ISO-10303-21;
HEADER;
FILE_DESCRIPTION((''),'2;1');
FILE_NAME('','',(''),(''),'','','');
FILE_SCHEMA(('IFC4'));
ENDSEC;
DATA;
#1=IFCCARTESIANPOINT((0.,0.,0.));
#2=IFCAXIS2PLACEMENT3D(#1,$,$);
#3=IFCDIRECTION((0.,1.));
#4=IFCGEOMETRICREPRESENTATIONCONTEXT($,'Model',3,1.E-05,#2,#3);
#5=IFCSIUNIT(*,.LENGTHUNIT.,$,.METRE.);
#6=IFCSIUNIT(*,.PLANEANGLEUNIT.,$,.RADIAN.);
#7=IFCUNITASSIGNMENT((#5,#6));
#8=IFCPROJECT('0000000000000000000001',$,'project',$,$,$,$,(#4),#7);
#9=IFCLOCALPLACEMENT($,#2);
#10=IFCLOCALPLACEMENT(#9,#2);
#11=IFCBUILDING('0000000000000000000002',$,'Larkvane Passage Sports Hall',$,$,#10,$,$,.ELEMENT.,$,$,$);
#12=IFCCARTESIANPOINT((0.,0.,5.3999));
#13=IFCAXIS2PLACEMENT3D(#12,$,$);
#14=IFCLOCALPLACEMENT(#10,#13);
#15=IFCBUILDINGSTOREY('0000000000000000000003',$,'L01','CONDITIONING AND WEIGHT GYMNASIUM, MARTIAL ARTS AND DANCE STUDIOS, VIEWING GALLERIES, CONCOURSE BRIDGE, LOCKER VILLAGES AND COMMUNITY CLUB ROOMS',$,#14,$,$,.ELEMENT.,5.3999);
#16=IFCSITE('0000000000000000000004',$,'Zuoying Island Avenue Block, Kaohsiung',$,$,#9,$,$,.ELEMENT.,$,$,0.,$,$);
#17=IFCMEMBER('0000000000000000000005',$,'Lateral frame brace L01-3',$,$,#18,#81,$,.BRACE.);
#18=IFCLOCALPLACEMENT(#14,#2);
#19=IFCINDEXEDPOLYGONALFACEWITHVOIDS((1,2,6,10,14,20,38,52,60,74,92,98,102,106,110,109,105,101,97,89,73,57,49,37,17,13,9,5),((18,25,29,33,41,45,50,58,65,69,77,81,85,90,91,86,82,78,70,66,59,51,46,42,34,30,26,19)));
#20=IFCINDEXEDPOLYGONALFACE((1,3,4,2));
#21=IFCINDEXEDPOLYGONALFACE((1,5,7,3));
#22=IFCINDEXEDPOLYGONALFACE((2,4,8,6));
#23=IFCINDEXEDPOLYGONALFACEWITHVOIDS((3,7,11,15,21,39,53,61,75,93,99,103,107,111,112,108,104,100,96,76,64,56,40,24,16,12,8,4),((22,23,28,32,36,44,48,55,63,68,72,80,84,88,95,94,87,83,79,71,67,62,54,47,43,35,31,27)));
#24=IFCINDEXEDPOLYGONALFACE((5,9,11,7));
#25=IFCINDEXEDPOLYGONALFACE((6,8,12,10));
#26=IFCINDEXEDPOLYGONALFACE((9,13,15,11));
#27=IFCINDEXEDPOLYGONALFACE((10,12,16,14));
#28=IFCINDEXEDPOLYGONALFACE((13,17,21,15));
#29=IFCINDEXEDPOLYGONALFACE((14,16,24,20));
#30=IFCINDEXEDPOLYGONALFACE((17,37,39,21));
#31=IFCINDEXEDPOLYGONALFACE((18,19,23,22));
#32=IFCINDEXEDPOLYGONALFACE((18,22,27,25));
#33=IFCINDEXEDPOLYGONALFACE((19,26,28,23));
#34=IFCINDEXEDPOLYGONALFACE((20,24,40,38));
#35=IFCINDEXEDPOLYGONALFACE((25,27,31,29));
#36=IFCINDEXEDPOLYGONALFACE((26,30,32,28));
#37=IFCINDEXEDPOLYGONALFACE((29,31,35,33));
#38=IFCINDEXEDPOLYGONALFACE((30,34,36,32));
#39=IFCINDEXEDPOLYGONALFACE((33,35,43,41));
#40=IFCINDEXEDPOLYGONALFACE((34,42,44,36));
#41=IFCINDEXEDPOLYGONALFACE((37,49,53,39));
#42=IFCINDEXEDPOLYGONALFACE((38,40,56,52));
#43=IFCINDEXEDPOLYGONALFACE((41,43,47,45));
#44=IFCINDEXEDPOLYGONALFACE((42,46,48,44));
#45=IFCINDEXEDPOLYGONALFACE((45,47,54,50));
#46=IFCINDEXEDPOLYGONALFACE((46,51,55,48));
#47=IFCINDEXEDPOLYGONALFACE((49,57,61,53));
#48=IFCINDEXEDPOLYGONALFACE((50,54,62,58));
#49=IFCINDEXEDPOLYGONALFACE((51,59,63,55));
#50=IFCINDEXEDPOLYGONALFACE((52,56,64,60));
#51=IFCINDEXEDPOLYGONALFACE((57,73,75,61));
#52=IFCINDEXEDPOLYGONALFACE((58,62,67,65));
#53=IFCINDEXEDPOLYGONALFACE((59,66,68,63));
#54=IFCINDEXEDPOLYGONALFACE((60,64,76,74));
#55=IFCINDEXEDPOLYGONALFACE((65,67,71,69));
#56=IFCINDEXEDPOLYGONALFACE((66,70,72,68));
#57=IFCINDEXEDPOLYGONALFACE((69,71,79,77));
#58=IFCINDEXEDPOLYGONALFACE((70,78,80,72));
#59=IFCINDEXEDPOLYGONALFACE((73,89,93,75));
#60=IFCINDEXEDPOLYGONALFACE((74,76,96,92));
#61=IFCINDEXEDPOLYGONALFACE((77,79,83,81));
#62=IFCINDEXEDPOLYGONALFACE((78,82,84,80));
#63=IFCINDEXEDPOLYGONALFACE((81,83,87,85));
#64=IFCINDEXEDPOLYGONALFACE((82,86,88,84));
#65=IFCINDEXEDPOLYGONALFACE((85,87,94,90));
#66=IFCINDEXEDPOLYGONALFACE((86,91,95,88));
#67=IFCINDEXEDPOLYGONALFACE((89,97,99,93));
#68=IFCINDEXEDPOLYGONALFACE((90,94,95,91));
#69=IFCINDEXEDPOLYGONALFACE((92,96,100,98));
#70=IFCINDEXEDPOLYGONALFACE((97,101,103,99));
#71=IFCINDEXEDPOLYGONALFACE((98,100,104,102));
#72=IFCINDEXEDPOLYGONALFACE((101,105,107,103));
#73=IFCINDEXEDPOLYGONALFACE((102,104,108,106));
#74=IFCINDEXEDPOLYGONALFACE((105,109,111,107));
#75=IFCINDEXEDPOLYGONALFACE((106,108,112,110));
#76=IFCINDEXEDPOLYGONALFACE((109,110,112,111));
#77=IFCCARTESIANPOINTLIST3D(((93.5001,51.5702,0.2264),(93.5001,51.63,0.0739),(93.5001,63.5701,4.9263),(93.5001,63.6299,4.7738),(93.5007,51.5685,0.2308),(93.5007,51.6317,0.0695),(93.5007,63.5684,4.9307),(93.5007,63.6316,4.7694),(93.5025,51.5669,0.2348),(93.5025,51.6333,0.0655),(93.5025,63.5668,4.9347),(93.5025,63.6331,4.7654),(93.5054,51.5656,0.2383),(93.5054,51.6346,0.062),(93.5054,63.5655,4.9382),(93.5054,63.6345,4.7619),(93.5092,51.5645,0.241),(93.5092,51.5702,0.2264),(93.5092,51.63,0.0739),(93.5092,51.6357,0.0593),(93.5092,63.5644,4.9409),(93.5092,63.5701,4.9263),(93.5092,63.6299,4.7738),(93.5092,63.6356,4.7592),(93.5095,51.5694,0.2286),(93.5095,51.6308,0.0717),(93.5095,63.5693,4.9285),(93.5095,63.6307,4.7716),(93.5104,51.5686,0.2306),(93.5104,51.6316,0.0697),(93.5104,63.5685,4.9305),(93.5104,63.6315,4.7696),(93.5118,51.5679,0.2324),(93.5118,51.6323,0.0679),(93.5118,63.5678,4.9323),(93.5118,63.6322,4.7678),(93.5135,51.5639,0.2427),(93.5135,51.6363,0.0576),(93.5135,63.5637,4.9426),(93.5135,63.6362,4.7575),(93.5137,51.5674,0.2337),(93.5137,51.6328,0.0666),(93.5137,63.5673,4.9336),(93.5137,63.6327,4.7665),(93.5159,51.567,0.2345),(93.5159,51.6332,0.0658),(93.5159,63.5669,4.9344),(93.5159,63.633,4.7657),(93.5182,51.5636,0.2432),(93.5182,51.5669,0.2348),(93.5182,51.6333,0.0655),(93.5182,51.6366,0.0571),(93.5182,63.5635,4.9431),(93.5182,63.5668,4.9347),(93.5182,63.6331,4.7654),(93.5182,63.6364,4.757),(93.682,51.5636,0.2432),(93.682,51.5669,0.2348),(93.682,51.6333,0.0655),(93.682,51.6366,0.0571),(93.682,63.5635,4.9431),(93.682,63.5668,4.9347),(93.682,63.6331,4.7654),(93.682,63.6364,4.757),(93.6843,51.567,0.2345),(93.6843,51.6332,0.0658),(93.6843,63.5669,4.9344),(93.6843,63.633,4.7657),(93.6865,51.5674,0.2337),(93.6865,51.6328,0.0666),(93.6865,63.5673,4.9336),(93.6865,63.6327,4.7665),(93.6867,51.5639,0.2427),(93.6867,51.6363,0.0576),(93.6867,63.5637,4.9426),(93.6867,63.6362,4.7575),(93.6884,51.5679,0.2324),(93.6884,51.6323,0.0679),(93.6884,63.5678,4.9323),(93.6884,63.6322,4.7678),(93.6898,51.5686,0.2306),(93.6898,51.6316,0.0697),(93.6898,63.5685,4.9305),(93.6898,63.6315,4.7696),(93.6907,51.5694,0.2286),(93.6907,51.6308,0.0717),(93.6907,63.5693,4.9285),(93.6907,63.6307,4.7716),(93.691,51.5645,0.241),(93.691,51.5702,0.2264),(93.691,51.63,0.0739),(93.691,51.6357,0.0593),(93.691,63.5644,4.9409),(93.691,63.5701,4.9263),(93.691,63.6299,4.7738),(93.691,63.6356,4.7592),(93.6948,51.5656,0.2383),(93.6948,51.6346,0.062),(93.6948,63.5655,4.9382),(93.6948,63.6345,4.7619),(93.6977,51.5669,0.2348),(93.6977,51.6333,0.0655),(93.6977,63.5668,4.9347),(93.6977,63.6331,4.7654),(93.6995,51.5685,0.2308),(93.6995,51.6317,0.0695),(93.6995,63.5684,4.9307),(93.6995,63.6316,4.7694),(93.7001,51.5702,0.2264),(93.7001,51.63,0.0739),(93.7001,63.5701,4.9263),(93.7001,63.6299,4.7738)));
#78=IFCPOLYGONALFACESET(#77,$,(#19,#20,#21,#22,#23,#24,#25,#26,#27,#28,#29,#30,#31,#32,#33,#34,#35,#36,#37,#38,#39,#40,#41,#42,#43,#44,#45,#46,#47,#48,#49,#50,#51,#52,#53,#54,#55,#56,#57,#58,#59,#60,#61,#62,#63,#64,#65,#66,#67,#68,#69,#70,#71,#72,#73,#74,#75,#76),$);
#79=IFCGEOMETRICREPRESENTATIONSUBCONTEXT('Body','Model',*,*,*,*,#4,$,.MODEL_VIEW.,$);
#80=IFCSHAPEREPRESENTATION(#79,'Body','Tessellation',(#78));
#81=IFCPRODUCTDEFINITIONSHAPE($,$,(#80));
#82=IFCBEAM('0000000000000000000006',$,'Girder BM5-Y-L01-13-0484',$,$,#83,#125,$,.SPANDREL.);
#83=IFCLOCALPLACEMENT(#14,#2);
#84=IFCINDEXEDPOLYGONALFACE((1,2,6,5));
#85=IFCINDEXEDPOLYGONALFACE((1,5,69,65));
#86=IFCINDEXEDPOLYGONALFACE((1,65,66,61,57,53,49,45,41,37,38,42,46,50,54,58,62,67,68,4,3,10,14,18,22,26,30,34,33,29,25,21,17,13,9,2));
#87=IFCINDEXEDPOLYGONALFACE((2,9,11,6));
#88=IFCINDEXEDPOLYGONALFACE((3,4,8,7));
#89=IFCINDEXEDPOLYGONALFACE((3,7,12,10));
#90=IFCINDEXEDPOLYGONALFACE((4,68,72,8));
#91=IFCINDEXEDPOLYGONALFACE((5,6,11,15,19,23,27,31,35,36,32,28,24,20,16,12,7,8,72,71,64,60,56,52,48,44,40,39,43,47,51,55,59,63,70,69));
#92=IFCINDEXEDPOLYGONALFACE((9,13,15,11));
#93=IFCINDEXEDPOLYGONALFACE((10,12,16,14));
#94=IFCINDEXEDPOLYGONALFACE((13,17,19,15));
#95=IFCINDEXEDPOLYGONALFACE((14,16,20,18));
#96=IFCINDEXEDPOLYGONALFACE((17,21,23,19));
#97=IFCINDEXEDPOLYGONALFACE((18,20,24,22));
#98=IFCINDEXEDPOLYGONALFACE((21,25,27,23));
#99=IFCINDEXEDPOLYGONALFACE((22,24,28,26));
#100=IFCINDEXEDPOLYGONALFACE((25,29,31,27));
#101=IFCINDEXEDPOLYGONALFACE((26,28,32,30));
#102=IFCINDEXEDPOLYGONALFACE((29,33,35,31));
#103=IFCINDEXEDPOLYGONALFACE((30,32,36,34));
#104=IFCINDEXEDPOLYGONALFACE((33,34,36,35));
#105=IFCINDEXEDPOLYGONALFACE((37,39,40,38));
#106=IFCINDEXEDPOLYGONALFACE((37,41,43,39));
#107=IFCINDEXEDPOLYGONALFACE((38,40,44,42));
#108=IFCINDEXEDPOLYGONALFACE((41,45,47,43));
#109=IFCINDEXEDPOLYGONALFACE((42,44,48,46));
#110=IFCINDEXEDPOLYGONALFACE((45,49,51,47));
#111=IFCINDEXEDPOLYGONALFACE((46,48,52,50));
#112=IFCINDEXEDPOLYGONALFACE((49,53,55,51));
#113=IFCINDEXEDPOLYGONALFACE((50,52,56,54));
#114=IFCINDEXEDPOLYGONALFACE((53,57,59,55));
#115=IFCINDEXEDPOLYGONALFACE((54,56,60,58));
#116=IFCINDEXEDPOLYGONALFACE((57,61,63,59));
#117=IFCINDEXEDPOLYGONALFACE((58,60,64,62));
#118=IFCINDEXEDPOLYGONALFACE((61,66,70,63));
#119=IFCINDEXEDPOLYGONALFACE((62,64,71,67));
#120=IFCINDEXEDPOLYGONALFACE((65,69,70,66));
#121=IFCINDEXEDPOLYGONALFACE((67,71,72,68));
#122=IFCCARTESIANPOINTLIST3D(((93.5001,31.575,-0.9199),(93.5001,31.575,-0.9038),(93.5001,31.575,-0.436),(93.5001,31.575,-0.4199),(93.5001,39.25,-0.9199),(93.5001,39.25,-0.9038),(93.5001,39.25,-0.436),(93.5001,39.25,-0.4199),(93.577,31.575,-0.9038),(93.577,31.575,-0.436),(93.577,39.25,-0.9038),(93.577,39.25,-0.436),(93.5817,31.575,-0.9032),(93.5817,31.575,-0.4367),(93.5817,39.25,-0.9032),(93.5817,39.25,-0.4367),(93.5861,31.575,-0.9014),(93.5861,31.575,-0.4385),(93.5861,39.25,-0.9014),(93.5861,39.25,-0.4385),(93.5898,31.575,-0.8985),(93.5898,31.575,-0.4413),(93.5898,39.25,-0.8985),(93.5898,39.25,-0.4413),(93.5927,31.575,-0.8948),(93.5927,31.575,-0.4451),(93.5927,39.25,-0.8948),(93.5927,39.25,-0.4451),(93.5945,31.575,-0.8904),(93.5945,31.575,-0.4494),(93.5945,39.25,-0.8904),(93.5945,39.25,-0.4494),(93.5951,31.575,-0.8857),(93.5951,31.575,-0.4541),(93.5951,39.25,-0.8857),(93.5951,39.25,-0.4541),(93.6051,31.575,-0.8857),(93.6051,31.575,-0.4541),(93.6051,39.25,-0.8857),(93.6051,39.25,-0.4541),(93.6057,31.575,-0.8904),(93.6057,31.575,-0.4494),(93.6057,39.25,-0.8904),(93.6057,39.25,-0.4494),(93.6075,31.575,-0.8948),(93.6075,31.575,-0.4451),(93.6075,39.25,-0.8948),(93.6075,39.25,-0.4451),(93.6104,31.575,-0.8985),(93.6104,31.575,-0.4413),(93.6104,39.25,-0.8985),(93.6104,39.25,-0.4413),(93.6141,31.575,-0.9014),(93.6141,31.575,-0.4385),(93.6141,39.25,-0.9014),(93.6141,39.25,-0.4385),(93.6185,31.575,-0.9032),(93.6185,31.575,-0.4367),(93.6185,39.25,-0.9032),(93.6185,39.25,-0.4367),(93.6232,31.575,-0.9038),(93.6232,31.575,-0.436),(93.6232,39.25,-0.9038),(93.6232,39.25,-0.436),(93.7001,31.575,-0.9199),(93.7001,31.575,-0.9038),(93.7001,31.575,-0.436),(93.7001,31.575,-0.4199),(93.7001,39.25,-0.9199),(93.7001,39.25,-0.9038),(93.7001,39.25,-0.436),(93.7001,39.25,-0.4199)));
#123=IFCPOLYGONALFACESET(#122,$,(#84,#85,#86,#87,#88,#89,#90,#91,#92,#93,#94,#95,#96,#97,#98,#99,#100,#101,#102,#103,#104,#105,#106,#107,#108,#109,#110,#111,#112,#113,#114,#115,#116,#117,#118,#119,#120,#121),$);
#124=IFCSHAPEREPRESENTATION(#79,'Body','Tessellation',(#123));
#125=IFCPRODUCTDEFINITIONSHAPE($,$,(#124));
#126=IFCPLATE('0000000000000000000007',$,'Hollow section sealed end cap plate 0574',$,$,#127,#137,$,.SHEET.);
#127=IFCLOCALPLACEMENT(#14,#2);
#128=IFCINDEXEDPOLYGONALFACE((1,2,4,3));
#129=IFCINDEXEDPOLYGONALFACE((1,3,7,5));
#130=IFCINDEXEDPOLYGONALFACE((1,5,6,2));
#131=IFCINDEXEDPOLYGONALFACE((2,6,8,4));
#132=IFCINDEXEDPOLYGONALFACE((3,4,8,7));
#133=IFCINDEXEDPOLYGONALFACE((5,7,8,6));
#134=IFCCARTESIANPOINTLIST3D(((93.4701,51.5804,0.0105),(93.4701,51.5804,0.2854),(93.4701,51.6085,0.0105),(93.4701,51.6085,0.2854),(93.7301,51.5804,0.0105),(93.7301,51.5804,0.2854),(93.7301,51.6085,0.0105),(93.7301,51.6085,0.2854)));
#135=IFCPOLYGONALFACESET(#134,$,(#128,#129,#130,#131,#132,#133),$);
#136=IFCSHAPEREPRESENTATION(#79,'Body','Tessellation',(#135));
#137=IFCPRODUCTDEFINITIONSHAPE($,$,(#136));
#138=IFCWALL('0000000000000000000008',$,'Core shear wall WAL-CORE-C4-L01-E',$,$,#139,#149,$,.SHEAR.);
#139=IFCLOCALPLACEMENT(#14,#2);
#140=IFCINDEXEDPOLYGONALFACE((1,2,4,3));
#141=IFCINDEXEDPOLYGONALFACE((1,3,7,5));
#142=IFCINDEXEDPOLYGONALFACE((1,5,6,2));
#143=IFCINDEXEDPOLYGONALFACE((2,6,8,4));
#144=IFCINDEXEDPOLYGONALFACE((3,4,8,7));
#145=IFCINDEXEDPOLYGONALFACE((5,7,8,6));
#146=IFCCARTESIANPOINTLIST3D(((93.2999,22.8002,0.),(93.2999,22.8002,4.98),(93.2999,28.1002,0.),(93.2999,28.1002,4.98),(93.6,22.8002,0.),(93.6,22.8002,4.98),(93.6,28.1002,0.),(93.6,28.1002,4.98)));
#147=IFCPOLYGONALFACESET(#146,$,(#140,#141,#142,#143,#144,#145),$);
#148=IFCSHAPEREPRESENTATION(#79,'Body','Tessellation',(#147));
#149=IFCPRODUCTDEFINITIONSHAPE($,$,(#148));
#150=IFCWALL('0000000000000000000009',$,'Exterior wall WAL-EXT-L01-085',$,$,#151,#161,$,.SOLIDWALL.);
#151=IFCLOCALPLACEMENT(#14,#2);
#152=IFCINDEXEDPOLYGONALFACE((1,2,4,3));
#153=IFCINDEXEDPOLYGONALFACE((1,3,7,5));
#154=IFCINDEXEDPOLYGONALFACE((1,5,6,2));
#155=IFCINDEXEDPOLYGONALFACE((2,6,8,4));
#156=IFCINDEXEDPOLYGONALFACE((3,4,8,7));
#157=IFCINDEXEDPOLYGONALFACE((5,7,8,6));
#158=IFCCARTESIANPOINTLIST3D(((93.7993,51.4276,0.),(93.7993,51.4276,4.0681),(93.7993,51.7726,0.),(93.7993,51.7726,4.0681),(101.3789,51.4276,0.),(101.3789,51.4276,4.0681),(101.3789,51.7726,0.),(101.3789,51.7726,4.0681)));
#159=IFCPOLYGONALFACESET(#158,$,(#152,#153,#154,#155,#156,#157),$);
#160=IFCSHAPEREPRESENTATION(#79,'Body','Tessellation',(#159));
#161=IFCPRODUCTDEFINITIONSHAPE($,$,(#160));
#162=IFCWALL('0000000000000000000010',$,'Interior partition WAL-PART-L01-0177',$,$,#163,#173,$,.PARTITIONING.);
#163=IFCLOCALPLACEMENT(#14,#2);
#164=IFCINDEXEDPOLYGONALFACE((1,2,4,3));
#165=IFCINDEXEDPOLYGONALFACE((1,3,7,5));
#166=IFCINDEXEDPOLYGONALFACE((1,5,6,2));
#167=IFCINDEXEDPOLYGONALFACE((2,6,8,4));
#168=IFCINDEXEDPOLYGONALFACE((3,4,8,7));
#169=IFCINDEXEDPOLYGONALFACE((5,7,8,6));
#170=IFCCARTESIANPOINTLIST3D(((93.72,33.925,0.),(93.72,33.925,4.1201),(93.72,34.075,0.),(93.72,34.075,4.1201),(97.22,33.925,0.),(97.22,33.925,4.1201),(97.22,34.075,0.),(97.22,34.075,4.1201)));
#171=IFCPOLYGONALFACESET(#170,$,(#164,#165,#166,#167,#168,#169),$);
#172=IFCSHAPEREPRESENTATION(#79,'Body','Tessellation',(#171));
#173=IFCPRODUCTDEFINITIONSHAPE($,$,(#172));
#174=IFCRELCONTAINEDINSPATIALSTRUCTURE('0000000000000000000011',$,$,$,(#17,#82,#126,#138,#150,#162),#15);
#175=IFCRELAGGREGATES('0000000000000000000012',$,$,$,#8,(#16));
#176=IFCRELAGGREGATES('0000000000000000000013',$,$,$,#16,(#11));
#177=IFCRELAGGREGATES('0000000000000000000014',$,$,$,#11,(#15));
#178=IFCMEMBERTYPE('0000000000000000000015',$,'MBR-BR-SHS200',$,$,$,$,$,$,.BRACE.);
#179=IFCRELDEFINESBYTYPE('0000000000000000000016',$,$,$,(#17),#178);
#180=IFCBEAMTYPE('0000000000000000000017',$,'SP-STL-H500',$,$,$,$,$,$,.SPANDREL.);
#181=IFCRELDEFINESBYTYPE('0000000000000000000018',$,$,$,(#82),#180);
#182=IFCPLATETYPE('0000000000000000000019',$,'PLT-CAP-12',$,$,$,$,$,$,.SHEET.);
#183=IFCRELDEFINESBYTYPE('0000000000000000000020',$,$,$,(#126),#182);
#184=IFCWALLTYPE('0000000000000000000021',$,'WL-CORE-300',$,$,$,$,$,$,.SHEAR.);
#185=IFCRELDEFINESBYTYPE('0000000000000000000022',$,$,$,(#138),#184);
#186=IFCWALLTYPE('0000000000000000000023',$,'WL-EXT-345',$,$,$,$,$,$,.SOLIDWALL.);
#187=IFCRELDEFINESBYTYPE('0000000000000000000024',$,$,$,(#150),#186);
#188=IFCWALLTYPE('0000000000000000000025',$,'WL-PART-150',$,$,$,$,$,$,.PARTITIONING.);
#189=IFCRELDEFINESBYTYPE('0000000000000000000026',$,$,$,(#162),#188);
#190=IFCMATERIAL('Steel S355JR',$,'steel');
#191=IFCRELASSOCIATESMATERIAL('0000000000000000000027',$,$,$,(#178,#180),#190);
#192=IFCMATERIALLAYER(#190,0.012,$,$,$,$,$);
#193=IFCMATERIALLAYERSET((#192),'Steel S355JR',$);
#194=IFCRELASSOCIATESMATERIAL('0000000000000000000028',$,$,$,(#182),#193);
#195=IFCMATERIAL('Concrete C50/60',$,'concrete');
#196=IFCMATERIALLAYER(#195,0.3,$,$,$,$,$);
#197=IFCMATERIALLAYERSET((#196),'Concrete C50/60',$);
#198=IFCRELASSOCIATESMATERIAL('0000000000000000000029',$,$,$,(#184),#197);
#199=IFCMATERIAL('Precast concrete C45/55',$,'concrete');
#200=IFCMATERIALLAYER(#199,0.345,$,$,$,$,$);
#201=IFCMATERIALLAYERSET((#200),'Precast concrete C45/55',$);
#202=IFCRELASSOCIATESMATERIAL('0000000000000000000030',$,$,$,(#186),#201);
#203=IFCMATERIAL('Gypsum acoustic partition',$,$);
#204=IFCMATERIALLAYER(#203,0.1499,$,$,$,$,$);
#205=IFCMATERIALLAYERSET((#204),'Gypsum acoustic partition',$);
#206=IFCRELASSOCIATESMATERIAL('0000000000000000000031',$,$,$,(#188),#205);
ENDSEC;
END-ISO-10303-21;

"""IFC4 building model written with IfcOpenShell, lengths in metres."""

from ifc_helpers import new_model, si_unit, direction, frame, frame_2d, origin, origin_2d, place, context, subcontext, project, spatial, rectangle, hollow_rectangle, i_section, extrude, material, layer, layer_set, material_profile, profile_set, type_object, element, save


model = new_model("IFC4")

# Units and contexts
model_context = context("Model", 3, precision=1e-05, world=origin(), true_north=direction((0.0, 1.0)))
body_context = subcontext(model_context, "Body", "Model", "MODEL_VIEW")
ifc_project = project(units=[si_unit("LENGTHUNIT", "METRE"), si_unit("PLANEANGLEUNIT", "RADIAN")], contexts=[model_context])

# Site, building, storey
site_placement = place(None, origin())
site = spatial("IfcSite", under=ifc_project, at=site_placement, Name="Zuoying Island Avenue Block, Kaohsiung", CompositionType="ELEMENT", RefElevation=0.0)
building_placement = place(site_placement, origin())
building = spatial("IfcBuilding", under=site, at=building_placement, Name="Larkvane Passage Sports Hall", CompositionType="ELEMENT")
storey_placement = place(building_placement, frame((0.0, 0.0, 5.3999)))
storey = spatial("IfcBuildingStorey", under=building, at=storey_placement, Name="L01", Description="CONDITIONING AND WEIGHT GYMNASIUM, MARTIAL ARTS AND DANCE STUDIOS, VIEWING GALLERIES, CONCOURSE BRIDGE, LOCKER VILLAGES AND COMMUNITY CLUB ROOMS", CompositionType="ELEMENT", Elevation=5.3999)

# Shared definitions
ifc_material_1 = material(Name="Steel S355JR", Category="steel")

# Member
ifc_material_profile_1 = material_profile(ifc_material_1, hollow_rectangle(XDim=0.2, YDim=0.2, WallThickness=0.009, InnerFilletRadius=0.009, OuterFilletRadius=0.0181, at=origin_2d()), Name="SHS-200x200x9")
ifc_profile_set_1 = profile_set([ifc_material_profile_1], Name="Steel S355JR")
member_type = type_object("IfcMemberType", Name="MBR-BR-SHS200", PredefinedType="BRACE", material=ifc_profile_set_1)
member_placement = place(storey_placement, frame((93.6001, 51.6001, 0.1501), z_axis=(0.0, 0.93113, 0.364689), x_axis=(-1.0, 0.0, 0.0)))
element("IfcMember", 1, at=member_placement, inside=storey, type_object=member_type, Name="Lateral frame brace L01-3", PredefinedType="BRACE", context=body_context, shape_type="SweptSolid", body=[
    extrude(hollow_rectangle(XDim=0.2, YDim=0.2, WallThickness=0.009, InnerFilletRadius=0.009, OuterFilletRadius=0.0181, at=origin_2d()), origin(), (0.0, 0.0, 1.0), 12.8875),
])

# Beam
ifc_material_profile_2 = material_profile(ifc_material_1, i_section(OverallWidth=0.2, OverallDepth=0.5, WebThickness=0.01, FlangeThickness=0.0161, FilletRadius=0.0181, at=origin_2d()), Name="H-500x200x10x16")
ifc_profile_set_2 = profile_set([ifc_material_profile_2], Name="Steel S355JR")
beam_type_1 = type_object("IfcBeamType", Name="SP-STL-H500", PredefinedType="SPANDREL", material=ifc_profile_set_2)
beam_1_placement = place(storey_placement, frame((93.6001, 31.575, -0.6699), z_axis=(0.0, 1.0, 0.0), x_axis=(-1.0, 0.0, 0.0)))
element("IfcBeam", 2, at=beam_1_placement, inside=storey, type_object=beam_type_1, Name="Girder BM5-Y-L01-13-0484", PredefinedType="SPANDREL", context=body_context, shape_type="SweptSolid", body=[
    extrude(i_section(OverallWidth=0.2, OverallDepth=0.5, WebThickness=0.01, FlangeThickness=0.0161, FilletRadius=0.0181, at=origin_2d()), origin(), (0.0, 0.0, 1.0), 7.675),
])

# Plate
ifc_layer_1 = layer(ifc_material_1, 0.012)
ifc_layer_set_1 = layer_set([ifc_layer_1], Name="Steel S355JR")
plate_type = type_object("IfcPlateType", Name="PLT-CAP-12", PredefinedType="SHEET", material=ifc_layer_set_1)
plate_placement = place(storey_placement, frame((93.6001, 51.5945, 0.0105), z_axis=(0.0, 0.0, 1.0), x_axis=(-1.0, 0.0, 0.0)))
element("IfcPlate", 3, at=plate_placement, inside=storey, type_object=plate_type, Name="Hollow section sealed end cap plate 0574", PredefinedType="SHEET", context=body_context, shape_type="SweptSolid", body=[
    extrude(rectangle(XDim=0.26, YDim=0.0281, at=origin_2d()), origin(), (0.0, 0.0, 1.0), 0.2749),
])

# Walls
ifc_material_2 = material(Name="Concrete C50/60", Category="concrete")
ifc_layer_2 = layer(ifc_material_2, 0.3)
ifc_layer_set_2 = layer_set([ifc_layer_2], Name="Concrete C50/60")
wall_type_1 = type_object("IfcWallType", Name="WL-CORE-300", PredefinedType="SHEAR", material=ifc_layer_set_2)
wall_1_placement = place(storey_placement, frame((93.45, 28.1001, 0.0), z_axis=(0.0, 0.0, 1.0), x_axis=(0.0, -1.0, 0.0)))
element("IfcWall", 4, at=wall_1_placement, inside=storey, type_object=wall_type_1, Name="Core shear wall WAL-CORE-C4-L01-E", PredefinedType="SHEAR", context=body_context, shape_type="SweptSolid", body=[
    extrude(rectangle(XDim=5.3, YDim=0.3, at=frame_2d((2.6499, 0.0))), origin(), (0.0, 0.0, 1.0), 4.98),
])
ifc_material_3 = material(Name="Precast concrete C45/55", Category="concrete")
ifc_layer_3 = layer(ifc_material_3, 0.345)
ifc_layer_set_3 = layer_set([ifc_layer_3], Name="Precast concrete C45/55")
wall_type_2 = type_object("IfcWallType", Name="WL-EXT-345", PredefinedType="SOLIDWALL", material=ifc_layer_set_3)
wall_2_placement = place(storey_placement, frame((93.7993, 51.6001, 0.0), z_axis=(0.0, 0.0, 1.0), x_axis=(1.0, 0.0, 0.0)))
element("IfcWall", 5, at=wall_2_placement, inside=storey, type_object=wall_type_2, Name="Exterior wall WAL-EXT-L01-085", PredefinedType="SOLIDWALL", context=body_context, shape_type="SweptSolid", body=[
    extrude(rectangle(XDim=7.5796, YDim=0.345, at=frame_2d((3.7898, 0.0))), origin(), (0.0, 0.0, 1.0), 4.0681),
])
ifc_material_4 = material(Name="Gypsum acoustic partition")
ifc_layer_4 = layer(ifc_material_4, 0.1499)
ifc_layer_set_4 = layer_set([ifc_layer_4], Name="Gypsum acoustic partition")
wall_type_3 = type_object("IfcWallType", Name="WL-PART-150", PredefinedType="PARTITIONING", material=ifc_layer_set_4)
wall_3_placement = place(storey_placement, frame((93.72, 34.0, 0.0), z_axis=(0.0, 0.0, 1.0), x_axis=(1.0, 0.0, 0.0)))
element("IfcWall", 6, at=wall_3_placement, inside=storey, type_object=wall_type_3, Name="Interior partition WAL-PART-L01-0177", PredefinedType="PARTITIONING", context=body_context, shape_type="SweptSolid", body=[
    extrude(rectangle(XDim=3.5, YDim=0.1499, at=frame_2d((1.75, 0.0))), origin(), (0.0, 0.0, 1.0), 4.1201),
])

save(model, "model.ifc")
